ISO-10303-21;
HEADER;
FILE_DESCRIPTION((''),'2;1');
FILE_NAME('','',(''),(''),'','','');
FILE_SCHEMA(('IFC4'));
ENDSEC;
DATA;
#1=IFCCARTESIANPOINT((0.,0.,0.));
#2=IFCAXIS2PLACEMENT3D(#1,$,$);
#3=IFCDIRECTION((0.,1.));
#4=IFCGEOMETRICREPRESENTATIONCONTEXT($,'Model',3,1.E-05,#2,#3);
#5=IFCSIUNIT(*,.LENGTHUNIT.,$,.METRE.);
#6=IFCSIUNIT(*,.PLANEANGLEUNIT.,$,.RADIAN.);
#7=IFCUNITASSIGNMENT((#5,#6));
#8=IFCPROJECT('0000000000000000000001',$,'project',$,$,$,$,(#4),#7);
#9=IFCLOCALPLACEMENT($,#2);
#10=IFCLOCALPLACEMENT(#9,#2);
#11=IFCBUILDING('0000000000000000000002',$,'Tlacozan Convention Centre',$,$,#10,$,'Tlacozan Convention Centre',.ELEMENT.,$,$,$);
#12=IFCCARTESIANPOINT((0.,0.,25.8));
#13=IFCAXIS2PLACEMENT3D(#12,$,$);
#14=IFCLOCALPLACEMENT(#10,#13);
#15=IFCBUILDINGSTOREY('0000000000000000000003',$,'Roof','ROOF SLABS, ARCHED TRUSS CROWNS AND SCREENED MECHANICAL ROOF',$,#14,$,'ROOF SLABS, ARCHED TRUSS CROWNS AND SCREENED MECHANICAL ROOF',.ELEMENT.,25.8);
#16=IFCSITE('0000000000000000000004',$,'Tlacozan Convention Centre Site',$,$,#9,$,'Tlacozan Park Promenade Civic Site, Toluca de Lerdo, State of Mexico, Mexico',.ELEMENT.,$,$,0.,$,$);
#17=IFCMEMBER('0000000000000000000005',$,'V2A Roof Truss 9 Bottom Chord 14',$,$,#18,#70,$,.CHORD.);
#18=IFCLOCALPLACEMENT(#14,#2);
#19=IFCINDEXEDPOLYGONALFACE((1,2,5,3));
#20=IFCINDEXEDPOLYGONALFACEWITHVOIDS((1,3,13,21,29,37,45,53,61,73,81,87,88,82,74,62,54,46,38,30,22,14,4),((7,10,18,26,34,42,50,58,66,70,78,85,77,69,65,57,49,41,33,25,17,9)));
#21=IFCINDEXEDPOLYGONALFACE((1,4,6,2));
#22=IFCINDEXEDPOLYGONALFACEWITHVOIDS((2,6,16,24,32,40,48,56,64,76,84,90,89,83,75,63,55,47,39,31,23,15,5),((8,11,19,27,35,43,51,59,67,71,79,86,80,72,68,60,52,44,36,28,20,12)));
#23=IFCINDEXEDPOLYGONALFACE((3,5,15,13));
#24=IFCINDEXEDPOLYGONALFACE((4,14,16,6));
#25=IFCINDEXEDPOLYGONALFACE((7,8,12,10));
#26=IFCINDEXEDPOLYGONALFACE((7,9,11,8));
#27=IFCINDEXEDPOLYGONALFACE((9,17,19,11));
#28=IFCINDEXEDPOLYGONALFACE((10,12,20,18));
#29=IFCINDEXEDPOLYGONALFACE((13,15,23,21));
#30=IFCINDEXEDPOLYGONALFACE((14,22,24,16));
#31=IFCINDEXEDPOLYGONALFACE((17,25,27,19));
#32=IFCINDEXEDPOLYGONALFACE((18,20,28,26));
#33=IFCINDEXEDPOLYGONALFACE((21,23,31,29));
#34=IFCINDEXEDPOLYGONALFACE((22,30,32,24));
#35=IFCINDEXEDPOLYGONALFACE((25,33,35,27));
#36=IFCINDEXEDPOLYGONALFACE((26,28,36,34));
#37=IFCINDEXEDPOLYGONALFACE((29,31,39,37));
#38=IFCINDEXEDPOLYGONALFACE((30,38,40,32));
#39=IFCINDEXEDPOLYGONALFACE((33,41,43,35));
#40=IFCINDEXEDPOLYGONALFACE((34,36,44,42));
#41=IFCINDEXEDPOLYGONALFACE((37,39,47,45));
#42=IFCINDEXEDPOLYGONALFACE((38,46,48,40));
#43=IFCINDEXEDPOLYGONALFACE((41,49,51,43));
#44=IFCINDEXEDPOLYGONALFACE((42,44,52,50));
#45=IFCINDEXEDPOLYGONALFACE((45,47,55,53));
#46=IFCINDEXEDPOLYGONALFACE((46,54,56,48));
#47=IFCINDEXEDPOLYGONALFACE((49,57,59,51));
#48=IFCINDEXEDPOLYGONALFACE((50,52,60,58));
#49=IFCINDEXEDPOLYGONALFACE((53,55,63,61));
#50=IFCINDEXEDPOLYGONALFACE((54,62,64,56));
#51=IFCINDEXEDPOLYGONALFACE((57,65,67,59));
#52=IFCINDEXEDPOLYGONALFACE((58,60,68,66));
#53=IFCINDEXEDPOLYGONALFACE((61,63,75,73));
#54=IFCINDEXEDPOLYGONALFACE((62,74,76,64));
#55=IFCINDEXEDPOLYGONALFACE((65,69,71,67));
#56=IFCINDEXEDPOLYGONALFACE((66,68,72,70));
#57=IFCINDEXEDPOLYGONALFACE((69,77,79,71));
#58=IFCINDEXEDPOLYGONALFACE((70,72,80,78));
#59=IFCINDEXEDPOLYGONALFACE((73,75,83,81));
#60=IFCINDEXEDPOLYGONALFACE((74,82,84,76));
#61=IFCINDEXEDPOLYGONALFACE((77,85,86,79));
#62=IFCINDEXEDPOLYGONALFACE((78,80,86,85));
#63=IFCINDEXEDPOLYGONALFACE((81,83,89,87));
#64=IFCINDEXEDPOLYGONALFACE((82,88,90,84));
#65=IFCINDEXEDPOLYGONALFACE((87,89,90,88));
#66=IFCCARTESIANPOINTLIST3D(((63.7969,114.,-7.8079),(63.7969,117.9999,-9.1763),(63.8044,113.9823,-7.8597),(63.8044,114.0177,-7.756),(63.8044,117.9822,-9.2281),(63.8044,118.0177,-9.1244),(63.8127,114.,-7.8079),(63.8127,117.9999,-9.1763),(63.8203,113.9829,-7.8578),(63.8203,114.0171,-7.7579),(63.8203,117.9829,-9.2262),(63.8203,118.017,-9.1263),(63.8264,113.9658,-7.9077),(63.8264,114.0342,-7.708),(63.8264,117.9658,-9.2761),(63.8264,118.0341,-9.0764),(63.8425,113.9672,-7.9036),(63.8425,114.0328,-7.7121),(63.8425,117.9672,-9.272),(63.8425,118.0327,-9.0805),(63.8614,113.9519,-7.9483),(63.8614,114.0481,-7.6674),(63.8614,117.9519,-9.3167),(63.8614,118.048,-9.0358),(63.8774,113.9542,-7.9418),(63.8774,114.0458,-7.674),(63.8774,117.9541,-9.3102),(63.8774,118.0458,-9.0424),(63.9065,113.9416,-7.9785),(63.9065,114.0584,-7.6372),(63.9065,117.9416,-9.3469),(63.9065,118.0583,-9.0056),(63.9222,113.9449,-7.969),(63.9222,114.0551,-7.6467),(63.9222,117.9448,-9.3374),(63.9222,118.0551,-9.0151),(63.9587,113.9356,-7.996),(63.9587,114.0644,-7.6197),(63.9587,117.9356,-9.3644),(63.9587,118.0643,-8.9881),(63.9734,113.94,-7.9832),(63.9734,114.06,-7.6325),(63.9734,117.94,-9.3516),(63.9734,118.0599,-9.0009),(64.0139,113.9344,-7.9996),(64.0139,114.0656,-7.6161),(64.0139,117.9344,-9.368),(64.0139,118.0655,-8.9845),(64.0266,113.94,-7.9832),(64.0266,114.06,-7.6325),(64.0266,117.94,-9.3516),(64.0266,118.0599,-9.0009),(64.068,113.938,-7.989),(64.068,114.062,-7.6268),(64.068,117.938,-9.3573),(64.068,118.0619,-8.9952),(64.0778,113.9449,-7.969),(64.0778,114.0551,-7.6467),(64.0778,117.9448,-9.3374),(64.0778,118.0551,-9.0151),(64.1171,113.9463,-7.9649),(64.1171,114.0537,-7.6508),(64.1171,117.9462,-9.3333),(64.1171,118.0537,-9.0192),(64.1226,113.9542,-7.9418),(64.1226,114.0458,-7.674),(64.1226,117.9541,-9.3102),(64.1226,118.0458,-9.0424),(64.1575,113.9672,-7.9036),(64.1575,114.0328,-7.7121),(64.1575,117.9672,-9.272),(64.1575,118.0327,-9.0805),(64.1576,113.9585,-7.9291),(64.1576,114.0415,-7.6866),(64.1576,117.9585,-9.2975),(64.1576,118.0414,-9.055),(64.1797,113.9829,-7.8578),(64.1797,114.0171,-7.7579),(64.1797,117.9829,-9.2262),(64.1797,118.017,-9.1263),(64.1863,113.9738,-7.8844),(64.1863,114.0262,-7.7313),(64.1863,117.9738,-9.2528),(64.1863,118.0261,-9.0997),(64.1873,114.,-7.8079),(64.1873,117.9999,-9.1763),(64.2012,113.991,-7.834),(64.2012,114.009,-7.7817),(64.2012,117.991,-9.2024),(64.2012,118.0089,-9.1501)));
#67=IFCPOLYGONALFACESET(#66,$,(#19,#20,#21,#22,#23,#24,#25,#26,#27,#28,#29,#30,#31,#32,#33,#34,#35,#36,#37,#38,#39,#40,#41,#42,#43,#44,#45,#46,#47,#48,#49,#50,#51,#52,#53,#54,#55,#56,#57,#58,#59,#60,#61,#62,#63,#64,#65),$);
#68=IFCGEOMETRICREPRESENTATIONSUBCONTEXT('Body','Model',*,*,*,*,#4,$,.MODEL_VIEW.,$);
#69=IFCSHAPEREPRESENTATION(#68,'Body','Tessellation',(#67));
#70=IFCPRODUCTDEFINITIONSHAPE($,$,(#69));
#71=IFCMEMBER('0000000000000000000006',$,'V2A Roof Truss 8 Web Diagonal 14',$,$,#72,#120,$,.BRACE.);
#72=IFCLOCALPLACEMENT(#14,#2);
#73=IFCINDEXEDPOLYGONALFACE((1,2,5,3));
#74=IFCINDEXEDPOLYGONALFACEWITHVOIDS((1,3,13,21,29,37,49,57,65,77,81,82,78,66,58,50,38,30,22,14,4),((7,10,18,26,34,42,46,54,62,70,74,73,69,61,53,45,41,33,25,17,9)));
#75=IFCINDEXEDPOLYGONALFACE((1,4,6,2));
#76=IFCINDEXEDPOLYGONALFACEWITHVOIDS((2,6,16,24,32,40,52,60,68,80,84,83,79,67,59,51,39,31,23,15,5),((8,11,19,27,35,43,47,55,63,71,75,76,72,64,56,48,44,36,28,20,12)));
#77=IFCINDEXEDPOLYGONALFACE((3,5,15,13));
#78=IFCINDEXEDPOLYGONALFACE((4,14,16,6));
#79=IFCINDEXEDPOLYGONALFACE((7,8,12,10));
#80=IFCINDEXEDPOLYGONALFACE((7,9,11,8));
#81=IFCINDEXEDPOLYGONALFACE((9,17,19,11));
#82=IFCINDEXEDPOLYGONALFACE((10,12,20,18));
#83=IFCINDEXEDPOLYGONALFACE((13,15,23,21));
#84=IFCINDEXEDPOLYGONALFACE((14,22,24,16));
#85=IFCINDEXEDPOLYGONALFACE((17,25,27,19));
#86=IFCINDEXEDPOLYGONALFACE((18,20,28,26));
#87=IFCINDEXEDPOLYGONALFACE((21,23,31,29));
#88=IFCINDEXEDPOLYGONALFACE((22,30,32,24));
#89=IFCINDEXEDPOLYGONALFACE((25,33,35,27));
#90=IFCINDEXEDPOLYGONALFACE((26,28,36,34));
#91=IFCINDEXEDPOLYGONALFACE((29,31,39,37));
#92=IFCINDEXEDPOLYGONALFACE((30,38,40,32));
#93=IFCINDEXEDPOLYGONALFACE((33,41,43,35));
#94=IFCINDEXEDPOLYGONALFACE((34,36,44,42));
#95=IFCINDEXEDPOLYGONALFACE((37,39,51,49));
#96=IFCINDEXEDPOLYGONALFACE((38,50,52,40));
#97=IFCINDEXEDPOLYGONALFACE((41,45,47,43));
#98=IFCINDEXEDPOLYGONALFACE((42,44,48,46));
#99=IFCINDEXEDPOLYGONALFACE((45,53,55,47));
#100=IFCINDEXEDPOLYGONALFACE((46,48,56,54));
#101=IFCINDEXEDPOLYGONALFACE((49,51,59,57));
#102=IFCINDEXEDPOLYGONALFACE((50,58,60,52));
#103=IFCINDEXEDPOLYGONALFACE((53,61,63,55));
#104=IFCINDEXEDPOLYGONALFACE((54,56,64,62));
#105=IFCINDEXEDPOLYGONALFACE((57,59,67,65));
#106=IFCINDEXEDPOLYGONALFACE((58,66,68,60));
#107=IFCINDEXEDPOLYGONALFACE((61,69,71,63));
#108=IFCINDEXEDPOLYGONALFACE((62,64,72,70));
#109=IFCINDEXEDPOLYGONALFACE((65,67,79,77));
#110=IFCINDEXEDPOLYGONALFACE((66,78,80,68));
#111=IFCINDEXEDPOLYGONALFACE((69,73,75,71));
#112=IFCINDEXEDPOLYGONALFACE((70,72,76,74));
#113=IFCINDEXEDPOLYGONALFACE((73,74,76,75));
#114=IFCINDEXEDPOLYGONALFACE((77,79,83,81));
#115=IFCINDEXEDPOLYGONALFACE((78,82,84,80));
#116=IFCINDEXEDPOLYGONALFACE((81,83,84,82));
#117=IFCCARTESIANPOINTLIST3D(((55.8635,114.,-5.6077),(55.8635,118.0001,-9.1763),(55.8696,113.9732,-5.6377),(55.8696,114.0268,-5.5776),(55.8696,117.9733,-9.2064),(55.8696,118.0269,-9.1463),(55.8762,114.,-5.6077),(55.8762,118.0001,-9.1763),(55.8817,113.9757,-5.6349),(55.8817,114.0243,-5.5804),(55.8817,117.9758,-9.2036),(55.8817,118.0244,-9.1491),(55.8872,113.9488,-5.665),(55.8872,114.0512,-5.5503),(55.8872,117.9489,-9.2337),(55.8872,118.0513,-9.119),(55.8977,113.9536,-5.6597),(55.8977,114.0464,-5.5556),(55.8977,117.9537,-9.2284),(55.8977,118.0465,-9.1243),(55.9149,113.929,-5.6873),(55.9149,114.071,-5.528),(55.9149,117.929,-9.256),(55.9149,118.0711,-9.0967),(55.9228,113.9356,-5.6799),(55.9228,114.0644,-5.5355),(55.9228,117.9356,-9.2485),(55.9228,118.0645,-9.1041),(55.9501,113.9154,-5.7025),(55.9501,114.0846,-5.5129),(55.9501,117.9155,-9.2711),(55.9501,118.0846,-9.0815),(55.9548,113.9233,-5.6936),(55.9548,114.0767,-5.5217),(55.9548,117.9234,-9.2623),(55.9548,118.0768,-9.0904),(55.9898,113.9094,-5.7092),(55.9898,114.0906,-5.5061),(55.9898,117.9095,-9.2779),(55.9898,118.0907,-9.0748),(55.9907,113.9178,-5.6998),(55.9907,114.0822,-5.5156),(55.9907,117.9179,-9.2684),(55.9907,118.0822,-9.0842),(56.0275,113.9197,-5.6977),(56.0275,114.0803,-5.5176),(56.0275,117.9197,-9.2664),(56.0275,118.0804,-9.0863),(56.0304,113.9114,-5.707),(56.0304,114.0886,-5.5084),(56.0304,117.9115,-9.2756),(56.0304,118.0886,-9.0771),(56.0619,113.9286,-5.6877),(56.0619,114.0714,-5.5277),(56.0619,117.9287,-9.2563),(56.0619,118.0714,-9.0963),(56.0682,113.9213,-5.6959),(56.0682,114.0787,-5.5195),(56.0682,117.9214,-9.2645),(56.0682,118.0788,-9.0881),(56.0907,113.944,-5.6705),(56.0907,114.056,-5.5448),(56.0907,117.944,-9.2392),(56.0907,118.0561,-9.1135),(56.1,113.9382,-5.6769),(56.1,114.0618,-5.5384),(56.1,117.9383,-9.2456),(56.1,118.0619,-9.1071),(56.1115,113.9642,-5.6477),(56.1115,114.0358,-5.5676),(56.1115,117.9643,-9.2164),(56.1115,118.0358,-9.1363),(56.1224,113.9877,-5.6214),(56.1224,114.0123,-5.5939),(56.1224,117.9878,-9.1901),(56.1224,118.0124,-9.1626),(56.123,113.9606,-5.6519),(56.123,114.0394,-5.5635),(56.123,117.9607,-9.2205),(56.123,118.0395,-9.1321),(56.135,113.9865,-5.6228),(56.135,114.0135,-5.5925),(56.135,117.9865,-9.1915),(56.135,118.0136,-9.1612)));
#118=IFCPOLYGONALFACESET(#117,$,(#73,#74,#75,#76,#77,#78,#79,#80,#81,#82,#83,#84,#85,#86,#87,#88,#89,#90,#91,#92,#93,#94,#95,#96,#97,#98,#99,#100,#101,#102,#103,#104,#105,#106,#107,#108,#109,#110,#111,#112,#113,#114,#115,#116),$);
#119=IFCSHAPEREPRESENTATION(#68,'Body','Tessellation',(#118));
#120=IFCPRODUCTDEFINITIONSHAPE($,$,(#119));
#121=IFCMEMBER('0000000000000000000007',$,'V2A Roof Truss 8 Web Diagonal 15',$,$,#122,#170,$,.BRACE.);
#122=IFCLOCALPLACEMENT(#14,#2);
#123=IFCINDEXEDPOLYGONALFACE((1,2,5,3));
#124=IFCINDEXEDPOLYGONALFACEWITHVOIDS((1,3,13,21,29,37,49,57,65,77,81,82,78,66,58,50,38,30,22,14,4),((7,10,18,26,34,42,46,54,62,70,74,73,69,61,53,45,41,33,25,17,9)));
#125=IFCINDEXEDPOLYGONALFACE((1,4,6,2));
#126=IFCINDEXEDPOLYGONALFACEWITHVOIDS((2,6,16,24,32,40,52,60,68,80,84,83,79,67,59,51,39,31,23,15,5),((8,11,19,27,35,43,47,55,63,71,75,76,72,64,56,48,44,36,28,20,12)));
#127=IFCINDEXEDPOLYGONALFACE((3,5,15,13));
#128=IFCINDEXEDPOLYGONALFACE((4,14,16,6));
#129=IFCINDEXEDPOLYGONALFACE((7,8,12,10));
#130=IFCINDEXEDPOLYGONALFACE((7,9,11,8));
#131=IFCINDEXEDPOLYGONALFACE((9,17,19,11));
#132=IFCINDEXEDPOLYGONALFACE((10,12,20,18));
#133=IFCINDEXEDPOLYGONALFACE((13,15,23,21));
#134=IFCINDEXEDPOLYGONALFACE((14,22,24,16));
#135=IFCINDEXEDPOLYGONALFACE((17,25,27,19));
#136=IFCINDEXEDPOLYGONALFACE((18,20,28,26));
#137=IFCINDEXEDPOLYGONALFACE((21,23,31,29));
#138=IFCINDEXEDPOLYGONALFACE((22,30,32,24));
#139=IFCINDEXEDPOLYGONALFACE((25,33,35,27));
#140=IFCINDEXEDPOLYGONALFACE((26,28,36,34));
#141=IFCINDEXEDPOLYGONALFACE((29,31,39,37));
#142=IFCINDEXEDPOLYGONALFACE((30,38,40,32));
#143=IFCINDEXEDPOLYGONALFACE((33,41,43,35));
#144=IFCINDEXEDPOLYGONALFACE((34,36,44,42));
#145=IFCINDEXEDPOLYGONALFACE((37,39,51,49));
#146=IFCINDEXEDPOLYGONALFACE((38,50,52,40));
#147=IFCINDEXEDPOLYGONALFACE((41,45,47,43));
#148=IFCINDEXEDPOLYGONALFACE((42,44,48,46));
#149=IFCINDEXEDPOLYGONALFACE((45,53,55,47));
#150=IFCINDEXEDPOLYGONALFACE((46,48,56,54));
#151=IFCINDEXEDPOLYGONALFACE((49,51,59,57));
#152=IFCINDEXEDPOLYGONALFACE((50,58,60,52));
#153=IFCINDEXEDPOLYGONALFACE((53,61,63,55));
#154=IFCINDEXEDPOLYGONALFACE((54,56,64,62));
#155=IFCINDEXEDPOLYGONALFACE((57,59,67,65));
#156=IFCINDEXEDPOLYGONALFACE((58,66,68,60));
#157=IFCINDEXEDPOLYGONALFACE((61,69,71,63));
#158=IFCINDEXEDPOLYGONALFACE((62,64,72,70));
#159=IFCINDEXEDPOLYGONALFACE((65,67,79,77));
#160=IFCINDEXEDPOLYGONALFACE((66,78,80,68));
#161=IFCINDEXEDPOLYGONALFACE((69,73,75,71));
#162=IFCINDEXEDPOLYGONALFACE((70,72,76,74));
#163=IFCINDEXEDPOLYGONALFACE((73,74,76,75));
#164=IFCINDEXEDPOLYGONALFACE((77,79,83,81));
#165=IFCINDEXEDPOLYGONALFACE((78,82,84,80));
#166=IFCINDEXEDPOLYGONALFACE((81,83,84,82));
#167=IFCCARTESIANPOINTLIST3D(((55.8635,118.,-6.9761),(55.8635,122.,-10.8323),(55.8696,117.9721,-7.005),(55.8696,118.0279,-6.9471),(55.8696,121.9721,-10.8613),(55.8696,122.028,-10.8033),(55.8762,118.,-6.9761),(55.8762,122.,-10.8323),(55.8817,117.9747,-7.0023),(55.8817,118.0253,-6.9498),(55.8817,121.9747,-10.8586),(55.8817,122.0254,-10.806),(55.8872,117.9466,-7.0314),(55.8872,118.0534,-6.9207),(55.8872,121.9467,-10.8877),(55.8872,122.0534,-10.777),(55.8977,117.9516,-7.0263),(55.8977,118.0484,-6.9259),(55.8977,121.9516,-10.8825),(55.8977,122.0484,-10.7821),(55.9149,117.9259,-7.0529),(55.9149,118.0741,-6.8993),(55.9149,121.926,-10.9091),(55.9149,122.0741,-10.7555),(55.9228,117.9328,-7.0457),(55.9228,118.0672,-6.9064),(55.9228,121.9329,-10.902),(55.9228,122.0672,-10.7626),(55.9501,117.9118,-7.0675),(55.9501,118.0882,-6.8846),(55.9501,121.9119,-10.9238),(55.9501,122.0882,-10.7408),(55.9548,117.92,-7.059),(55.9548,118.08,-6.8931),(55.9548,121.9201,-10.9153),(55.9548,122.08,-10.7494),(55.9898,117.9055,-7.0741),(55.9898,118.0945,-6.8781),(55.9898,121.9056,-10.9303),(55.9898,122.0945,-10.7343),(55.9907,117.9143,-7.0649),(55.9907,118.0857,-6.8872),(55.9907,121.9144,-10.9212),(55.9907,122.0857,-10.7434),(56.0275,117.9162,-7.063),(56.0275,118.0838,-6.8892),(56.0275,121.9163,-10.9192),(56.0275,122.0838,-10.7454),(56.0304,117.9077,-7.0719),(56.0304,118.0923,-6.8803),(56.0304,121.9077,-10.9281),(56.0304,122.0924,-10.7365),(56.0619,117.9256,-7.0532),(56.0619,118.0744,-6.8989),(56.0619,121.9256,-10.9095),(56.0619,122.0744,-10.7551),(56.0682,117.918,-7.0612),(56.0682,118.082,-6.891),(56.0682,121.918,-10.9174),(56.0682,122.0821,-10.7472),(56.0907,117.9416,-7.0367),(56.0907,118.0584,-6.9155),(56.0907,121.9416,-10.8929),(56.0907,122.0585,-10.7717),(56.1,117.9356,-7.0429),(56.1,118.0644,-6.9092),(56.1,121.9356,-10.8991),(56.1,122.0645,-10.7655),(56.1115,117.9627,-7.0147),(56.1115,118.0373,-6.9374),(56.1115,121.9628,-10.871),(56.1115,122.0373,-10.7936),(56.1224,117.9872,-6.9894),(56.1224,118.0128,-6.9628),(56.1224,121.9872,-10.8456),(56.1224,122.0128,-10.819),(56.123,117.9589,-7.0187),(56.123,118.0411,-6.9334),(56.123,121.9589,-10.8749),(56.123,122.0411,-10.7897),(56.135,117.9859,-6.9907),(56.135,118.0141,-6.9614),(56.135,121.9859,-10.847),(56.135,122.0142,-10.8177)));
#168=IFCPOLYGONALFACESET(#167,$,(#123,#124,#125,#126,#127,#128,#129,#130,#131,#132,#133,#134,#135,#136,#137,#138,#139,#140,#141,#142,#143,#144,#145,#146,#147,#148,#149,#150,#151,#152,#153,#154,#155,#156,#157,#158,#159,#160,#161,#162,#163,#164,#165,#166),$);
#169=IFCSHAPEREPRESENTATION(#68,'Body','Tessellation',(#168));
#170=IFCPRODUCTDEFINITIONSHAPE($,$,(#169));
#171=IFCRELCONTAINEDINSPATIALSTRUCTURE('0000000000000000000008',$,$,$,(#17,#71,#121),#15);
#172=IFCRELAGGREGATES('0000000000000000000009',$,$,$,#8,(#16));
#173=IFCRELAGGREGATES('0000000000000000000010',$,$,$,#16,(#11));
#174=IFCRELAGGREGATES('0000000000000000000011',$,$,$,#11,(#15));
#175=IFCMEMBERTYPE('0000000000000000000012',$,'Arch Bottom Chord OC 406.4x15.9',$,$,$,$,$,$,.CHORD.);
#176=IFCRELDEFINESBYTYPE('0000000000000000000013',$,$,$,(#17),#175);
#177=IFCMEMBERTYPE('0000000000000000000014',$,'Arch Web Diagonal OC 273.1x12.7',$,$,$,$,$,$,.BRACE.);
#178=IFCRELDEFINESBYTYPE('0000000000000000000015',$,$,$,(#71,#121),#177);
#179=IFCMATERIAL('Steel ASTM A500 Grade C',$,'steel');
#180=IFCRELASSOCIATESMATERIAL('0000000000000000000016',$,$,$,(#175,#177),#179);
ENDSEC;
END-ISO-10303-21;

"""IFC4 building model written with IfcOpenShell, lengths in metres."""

from ifc_helpers import new_model, si_unit, direction, frame, origin, origin_2d, place, context, subcontext, project, spatial, hollow_circle, extrude, material, material_profile, profile_set, type_object, element, save


model = new_model("IFC4")

# Units and contexts
model_context = context("Model", 3, precision=1e-05, world=origin(), true_north=direction((0.0, 1.0)))
body_context = subcontext(model_context, "Body", "Model", "MODEL_VIEW")
ifc_project = project(units=[si_unit("LENGTHUNIT", "METRE"), si_unit("PLANEANGLEUNIT", "RADIAN")], contexts=[model_context])

# Site, building, storey
site_placement = place(None, origin())
site = spatial("IfcSite", under=ifc_project, at=site_placement, Name="Tlacozan Convention Centre Site", LongName="Tlacozan Park Promenade Civic Site, Toluca de Lerdo, State of Mexico, Mexico", CompositionType="ELEMENT", RefElevation=0.0)
building_placement = place(site_placement, origin())
building = spatial("IfcBuilding", under=site, at=building_placement, Name="Tlacozan Convention Centre", LongName="Tlacozan Convention Centre", CompositionType="ELEMENT")
storey_placement = place(building_placement, frame((0.0, 0.0, 25.8)))
storey = spatial("IfcBuildingStorey", under=building, at=storey_placement, Name="Roof", Description="ROOF SLABS, ARCHED TRUSS CROWNS AND SCREENED MECHANICAL ROOF", LongName="ROOF SLABS, ARCHED TRUSS CROWNS AND SCREENED MECHANICAL ROOF", CompositionType="ELEMENT", Elevation=25.8)

# Members
ifc_material_1 = material(Name="Steel ASTM A500 Grade C", Category="steel")
ifc_material_profile_1 = material_profile(ifc_material_1, hollow_circle(Radius=0.2031, WallThickness=0.0159, at=origin_2d()), Name="OC 406.4x15.9")
ifc_profile_set_1 = profile_set([ifc_material_profile_1], Name="Steel ASTM A500 Grade C")
member_type_1 = type_object("IfcMemberType", Name="Arch Bottom Chord OC 406.4x15.9", PredefinedType="CHORD", material=ifc_profile_set_1)
member_1_placement = place(storey_placement, frame((64.0, 114.0, -7.8079), z_axis=(0.0, 0.946165, -0.323685), x_axis=(-1.0, 0.0, 0.0)))
element("IfcMember", 1, at=member_1_placement, inside=storey, type_object=member_type_1, Name="V2A Roof Truss 9 Bottom Chord 14", PredefinedType="CHORD", context=body_context, shape_type="SweptSolid", body=[
    extrude(hollow_circle(Radius=0.2031, WallThickness=0.0159, at=origin_2d()), origin(), (0.0, 0.0, 1.0), 4.2275),
])
ifc_material_profile_2 = material_profile(ifc_material_1, hollow_circle(Radius=0.1365, WallThickness=0.0127, at=origin_2d()), Name="OC 273.1x12.7")
ifc_profile_set_2 = profile_set([ifc_material_profile_2], Name="Steel ASTM A500 Grade C")
member_type_2 = type_object("IfcMemberType", Name="Arch Web Diagonal OC 273.1x12.7", PredefinedType="BRACE", material=ifc_profile_set_2)
member_2_placement = place(storey_placement, frame((56.0, 114.0, -5.6077), z_axis=(0.0, 0.746199, -0.665722), x_axis=(-1.0, 0.0, 0.0)))
element("IfcMember", 2, at=member_2_placement, inside=storey, type_object=member_type_2, Name="V2A Roof Truss 8 Web Diagonal 14", PredefinedType="BRACE", context=body_context, shape_type="SweptSolid", body=[
    extrude(hollow_circle(Radius=0.1365, WallThickness=0.0127, at=origin_2d()), origin(), (0.0, 0.0, 1.0), 5.3606),
])
member_3_placement = place(storey_placement, frame((56.0, 118.0, -6.9761), z_axis=(0.0, 0.719929, -0.694048), x_axis=(-1.0, 0.0, 0.0)))
element("IfcMember", 3, at=member_3_placement, inside=storey, type_object=member_type_2, Name="V2A Roof Truss 8 Web Diagonal 15", PredefinedType="BRACE", context=body_context, shape_type="SweptSolid", body=[
    extrude(hollow_circle(Radius=0.1365, WallThickness=0.0127, at=origin_2d()), origin(), (0.0, 0.0, 1.0), 5.5562),
])

save(model, "model.ifc")
